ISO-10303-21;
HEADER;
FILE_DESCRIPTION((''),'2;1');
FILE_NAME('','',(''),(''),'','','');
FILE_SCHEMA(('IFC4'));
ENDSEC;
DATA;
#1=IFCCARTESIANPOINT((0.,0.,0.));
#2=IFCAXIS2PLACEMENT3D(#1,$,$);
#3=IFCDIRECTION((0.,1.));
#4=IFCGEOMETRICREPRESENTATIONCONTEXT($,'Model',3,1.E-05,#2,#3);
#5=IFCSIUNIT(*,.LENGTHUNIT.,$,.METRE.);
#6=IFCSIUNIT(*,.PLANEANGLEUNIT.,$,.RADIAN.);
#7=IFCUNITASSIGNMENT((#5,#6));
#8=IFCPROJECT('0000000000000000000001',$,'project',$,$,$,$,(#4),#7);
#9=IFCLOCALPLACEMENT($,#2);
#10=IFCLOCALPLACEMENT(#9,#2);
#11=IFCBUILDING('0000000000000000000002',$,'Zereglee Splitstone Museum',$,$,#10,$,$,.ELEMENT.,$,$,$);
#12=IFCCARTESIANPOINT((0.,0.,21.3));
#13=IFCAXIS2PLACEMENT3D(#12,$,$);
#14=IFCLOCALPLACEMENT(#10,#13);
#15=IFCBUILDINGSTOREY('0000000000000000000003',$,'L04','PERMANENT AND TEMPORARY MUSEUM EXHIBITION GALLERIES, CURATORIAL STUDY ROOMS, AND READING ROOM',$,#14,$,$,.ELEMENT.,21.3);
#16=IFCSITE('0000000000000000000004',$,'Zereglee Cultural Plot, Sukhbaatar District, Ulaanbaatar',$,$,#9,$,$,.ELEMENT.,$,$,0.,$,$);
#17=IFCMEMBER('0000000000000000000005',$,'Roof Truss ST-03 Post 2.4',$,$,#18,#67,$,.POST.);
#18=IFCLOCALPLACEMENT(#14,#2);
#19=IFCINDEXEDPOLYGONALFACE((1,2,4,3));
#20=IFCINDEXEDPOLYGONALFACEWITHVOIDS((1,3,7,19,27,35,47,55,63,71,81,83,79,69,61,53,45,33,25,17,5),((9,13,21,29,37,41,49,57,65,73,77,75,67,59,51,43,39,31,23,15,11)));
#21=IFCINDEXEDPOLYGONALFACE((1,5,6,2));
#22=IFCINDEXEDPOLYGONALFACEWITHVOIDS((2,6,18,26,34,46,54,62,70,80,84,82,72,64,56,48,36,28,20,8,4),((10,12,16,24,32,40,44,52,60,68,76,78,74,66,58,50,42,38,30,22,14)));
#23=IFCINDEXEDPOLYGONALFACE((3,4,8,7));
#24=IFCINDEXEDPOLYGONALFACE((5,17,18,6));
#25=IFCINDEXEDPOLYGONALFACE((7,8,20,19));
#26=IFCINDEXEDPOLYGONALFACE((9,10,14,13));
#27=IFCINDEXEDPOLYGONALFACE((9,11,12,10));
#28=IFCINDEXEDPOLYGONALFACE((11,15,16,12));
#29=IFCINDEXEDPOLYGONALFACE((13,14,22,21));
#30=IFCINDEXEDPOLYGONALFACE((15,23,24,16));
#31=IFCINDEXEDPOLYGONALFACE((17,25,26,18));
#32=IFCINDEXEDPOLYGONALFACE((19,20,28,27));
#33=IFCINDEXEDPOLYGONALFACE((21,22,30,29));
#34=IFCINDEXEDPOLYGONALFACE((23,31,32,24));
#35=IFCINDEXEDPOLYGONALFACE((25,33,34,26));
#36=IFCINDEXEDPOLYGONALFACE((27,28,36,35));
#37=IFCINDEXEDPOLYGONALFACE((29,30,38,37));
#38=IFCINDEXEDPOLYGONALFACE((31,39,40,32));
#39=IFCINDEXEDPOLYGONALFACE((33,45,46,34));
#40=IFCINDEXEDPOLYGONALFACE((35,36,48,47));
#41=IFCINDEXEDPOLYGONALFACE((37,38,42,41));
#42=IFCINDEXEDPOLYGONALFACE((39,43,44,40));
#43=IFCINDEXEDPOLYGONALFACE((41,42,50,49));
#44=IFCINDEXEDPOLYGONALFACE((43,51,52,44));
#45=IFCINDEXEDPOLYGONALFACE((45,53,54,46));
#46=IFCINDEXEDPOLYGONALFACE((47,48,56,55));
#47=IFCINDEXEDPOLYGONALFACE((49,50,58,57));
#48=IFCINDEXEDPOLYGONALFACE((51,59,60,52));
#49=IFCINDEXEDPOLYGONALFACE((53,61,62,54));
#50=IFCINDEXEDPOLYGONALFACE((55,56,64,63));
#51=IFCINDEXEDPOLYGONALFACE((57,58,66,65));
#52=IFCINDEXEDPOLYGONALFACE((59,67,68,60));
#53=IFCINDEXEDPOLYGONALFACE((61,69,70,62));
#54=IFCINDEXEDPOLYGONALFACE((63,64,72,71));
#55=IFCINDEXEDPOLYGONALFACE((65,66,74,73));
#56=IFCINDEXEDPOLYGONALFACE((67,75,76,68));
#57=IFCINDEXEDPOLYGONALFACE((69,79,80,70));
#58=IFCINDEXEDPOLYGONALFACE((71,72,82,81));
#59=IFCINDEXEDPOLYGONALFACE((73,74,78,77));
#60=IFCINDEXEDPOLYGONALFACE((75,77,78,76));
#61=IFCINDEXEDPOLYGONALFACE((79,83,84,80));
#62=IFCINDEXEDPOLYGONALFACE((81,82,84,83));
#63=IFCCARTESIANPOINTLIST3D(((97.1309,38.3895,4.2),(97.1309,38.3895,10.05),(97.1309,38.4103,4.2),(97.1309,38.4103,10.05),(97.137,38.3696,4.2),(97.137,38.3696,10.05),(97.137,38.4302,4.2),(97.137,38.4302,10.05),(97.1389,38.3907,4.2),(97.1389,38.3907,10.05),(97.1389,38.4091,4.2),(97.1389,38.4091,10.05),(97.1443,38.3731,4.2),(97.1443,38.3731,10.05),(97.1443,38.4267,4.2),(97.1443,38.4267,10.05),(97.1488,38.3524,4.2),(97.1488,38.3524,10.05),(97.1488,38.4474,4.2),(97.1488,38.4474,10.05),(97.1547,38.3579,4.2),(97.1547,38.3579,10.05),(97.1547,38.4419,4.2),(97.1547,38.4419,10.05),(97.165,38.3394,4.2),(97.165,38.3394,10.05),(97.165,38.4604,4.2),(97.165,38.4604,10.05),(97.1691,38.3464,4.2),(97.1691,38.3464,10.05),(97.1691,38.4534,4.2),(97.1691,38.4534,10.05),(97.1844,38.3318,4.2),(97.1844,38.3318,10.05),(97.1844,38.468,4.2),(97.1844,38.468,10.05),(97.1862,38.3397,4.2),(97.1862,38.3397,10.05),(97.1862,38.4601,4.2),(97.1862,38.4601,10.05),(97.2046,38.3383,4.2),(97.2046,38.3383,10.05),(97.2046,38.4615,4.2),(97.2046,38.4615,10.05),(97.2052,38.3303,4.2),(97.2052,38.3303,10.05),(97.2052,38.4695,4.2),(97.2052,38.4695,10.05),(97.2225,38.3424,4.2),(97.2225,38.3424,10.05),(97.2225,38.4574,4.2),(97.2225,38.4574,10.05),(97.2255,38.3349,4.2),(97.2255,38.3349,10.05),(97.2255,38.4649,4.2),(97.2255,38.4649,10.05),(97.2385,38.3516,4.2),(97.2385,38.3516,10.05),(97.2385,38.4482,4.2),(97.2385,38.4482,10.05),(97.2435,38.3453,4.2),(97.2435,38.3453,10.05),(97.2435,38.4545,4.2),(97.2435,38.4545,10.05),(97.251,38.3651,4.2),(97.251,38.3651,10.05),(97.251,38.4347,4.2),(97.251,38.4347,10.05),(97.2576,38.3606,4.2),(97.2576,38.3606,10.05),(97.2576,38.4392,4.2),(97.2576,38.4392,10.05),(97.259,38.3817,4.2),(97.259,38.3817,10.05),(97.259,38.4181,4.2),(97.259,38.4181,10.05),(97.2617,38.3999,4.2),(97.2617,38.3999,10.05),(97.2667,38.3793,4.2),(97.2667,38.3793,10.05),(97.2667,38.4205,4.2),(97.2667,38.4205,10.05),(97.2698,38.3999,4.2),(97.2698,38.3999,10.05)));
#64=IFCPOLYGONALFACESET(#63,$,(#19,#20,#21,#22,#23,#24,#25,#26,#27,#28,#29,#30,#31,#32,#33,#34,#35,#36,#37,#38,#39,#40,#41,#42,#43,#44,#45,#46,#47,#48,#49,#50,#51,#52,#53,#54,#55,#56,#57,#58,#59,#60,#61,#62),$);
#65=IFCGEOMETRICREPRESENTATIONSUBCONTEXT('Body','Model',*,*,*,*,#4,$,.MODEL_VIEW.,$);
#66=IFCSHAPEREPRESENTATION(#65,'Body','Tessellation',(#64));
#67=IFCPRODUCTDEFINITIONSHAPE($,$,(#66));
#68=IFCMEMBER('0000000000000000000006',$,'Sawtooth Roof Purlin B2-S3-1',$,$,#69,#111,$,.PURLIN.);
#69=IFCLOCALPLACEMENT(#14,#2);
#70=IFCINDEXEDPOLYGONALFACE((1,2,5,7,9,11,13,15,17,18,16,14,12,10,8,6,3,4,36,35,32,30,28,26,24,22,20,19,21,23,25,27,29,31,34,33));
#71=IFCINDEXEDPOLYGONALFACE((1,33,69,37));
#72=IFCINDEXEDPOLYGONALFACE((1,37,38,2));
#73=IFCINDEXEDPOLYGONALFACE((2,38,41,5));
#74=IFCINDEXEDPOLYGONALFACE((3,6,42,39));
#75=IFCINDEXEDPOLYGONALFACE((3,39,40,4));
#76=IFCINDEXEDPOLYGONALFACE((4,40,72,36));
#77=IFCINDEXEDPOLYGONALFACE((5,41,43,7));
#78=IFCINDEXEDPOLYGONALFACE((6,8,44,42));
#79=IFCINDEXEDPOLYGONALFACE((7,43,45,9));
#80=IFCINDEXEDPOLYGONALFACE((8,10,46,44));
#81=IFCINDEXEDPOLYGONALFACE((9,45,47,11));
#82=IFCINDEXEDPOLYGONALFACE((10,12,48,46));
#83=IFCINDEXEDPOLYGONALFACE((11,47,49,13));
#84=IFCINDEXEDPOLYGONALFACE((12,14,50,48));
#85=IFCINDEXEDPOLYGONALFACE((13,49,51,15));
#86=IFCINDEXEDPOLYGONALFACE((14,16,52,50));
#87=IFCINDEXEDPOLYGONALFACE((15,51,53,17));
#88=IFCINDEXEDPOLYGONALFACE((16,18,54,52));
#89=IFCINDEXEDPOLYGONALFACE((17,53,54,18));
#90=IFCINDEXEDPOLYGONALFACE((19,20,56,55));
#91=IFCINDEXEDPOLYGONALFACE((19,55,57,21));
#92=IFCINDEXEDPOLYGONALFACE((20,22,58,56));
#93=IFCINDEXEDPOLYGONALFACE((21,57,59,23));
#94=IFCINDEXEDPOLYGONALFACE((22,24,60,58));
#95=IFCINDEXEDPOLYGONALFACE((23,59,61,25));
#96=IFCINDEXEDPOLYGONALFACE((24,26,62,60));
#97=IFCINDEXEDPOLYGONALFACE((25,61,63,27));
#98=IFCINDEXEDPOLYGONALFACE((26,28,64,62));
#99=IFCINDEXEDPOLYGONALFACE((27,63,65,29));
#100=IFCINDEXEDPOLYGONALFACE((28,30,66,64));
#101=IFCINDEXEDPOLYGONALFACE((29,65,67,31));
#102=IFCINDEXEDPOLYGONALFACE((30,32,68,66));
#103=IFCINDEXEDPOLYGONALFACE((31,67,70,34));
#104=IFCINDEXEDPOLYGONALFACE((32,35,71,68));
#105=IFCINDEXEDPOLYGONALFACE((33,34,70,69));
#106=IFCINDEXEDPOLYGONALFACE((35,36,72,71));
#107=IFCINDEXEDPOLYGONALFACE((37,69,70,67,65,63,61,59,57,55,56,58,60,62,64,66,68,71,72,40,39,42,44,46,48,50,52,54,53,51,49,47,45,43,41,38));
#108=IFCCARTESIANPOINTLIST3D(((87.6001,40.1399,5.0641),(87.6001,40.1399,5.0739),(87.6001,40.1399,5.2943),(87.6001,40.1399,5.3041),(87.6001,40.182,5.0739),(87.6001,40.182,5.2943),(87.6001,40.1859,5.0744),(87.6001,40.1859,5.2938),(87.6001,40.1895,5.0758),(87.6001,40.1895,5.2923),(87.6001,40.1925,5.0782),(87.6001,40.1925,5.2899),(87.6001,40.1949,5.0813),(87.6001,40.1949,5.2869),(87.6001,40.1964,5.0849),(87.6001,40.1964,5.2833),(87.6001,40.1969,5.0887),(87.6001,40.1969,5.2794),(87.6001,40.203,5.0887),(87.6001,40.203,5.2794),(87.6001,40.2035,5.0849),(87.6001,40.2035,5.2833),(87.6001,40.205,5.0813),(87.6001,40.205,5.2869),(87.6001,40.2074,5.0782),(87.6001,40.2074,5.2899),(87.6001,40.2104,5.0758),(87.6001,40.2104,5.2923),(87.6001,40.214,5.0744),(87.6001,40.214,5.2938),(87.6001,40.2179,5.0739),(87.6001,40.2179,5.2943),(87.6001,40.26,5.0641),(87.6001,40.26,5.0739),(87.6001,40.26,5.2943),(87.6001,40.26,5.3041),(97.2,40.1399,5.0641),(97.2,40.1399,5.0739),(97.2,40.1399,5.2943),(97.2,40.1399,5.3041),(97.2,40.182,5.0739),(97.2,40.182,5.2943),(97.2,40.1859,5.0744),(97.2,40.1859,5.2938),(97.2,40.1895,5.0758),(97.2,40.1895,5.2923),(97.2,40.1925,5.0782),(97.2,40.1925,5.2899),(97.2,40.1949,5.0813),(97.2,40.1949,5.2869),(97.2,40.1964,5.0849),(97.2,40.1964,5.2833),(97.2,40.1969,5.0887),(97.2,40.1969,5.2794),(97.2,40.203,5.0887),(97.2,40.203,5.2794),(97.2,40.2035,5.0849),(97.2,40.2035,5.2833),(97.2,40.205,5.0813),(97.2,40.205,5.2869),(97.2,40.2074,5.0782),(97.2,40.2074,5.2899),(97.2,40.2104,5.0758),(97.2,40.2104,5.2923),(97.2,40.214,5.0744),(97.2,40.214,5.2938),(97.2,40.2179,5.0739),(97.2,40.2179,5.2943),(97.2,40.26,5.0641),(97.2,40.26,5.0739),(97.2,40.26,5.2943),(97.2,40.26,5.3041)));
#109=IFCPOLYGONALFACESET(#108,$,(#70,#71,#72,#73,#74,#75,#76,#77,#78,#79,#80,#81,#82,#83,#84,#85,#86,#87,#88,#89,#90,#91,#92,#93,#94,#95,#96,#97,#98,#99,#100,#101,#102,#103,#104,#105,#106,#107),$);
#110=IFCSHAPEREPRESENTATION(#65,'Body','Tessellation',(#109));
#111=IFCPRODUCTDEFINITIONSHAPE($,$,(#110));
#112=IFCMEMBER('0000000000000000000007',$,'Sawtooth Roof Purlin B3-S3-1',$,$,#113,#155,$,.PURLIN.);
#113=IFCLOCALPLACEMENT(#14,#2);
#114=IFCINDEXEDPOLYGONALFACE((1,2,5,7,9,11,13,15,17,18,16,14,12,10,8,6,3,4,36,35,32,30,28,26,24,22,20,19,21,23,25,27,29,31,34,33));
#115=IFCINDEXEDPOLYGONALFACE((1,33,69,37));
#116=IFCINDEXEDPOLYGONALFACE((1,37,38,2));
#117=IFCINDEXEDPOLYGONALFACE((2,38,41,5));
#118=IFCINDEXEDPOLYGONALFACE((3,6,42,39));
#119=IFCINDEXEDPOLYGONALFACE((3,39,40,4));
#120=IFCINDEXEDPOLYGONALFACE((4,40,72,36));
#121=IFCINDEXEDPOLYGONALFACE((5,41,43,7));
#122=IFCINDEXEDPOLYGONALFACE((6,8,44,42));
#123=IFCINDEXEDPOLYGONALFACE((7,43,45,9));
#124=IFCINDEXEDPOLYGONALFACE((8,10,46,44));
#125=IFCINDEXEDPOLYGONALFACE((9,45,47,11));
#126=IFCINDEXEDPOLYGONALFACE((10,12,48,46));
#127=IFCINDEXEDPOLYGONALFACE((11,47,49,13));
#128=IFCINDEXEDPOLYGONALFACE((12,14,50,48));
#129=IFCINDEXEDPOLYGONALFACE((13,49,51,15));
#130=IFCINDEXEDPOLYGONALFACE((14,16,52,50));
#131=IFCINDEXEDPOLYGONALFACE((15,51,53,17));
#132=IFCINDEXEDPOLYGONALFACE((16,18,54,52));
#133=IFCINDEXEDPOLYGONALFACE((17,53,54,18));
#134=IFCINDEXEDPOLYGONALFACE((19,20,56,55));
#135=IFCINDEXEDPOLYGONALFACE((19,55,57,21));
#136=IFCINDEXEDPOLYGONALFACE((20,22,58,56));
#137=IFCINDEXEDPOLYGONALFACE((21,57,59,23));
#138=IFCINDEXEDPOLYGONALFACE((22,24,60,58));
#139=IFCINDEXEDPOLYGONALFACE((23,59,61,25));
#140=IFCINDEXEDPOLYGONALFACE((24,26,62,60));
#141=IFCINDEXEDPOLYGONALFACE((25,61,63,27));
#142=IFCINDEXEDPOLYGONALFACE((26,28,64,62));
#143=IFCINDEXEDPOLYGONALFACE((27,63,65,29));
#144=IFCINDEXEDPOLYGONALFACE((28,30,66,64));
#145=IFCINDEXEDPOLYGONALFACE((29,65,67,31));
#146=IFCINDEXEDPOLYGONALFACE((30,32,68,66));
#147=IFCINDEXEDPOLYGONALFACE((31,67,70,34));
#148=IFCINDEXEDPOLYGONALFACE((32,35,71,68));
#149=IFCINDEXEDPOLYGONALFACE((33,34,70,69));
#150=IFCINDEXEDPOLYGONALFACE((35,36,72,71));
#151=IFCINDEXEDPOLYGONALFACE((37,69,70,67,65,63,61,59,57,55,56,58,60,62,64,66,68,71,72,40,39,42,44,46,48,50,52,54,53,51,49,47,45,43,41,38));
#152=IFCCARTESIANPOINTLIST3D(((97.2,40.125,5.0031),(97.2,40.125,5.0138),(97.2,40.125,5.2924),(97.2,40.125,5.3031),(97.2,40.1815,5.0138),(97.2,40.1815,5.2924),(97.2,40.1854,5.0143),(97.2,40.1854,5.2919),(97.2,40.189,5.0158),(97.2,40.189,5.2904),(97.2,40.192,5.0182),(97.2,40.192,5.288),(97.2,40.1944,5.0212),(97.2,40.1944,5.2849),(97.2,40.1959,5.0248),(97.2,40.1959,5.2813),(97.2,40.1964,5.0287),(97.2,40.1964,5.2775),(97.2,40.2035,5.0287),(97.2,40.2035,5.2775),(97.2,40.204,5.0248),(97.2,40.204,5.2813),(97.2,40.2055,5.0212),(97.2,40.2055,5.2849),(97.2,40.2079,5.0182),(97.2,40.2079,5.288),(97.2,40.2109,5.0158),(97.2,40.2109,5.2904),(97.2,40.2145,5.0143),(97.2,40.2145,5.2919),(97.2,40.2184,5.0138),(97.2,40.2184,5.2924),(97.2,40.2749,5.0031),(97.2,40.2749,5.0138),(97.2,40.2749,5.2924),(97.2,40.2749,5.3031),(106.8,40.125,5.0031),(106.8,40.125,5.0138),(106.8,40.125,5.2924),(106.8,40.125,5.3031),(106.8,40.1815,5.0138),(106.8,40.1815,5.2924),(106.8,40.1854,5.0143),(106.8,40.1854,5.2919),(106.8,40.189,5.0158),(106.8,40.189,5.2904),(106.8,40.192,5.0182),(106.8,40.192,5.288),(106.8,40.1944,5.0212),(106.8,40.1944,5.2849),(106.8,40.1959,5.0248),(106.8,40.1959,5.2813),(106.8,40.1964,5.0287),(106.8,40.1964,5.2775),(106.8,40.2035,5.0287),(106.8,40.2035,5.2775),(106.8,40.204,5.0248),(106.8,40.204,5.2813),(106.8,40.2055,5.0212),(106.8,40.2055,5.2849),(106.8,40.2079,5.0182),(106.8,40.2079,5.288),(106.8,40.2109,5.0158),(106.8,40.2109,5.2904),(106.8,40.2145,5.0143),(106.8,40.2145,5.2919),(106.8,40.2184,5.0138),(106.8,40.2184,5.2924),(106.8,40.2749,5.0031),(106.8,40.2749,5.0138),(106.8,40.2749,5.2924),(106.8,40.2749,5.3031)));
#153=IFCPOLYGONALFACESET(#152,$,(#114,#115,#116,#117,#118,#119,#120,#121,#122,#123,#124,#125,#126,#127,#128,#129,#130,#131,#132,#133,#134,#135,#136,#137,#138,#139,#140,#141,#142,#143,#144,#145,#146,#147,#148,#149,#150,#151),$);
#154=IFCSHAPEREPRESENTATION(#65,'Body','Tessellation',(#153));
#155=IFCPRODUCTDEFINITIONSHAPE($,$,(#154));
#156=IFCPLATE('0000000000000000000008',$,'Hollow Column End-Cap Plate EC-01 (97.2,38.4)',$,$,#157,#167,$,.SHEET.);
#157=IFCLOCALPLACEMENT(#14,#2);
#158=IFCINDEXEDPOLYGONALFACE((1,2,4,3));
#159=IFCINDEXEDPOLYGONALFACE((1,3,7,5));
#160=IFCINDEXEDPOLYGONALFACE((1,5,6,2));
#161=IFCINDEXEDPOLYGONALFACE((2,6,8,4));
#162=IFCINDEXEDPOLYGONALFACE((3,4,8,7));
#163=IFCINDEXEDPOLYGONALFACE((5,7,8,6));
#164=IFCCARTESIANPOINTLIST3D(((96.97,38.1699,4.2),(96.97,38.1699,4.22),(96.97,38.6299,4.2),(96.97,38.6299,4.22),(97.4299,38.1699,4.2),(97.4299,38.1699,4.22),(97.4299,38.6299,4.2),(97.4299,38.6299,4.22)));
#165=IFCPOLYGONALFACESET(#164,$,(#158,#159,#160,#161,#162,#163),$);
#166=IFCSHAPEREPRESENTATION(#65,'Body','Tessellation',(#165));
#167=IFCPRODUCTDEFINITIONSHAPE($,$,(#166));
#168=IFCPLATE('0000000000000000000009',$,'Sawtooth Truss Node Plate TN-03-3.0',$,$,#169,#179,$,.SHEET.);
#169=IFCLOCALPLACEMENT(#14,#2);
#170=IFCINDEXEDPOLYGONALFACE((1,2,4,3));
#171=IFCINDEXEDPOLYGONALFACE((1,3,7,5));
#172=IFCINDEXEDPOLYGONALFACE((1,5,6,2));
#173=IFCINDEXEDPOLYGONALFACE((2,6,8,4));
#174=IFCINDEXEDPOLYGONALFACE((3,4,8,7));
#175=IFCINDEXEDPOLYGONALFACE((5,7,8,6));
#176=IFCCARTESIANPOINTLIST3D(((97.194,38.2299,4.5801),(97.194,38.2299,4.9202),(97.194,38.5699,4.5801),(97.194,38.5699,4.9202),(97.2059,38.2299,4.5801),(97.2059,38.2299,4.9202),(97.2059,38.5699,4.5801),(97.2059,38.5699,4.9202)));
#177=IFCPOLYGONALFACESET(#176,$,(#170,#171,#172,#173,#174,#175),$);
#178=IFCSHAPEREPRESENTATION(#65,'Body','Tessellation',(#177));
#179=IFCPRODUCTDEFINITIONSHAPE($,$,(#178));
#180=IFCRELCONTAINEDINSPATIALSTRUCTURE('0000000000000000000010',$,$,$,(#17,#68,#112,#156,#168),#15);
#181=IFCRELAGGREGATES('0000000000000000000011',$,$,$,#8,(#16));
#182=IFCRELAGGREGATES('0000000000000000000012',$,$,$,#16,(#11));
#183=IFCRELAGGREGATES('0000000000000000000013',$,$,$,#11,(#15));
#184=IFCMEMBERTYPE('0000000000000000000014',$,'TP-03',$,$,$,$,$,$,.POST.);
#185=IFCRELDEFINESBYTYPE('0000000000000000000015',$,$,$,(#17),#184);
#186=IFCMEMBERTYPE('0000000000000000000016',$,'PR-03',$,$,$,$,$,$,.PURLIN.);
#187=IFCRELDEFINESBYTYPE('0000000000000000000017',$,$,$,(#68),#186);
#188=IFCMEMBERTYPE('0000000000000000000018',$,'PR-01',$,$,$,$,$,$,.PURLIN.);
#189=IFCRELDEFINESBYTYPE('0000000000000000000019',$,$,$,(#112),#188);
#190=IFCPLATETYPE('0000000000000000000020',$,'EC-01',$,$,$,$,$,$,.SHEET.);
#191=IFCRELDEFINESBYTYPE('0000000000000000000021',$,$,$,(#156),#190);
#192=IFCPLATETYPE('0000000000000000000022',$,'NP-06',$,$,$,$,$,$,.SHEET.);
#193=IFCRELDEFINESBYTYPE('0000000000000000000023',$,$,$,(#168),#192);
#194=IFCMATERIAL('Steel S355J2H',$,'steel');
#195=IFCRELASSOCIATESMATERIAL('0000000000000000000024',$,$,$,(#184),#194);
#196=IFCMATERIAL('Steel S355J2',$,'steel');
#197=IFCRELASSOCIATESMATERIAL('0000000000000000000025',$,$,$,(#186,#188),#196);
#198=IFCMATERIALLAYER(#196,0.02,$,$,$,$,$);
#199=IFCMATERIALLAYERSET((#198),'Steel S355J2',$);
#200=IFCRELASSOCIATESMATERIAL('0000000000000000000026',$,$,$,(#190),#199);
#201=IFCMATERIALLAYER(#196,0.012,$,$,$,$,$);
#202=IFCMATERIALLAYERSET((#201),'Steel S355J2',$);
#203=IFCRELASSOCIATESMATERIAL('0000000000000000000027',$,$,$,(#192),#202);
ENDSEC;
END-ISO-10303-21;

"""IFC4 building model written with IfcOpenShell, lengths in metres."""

from ifc_helpers import new_model, si_unit, direction, frame, origin, origin_2d, place, context, subcontext, project, spatial, rectangle, hollow_circle, i_section, extrude, material, layer, layer_set, material_profile, profile_set, type_object, element, save


model = new_model("IFC4")

# Units and contexts
model_context = context("Model", 3, precision=1e-05, world=origin(), true_north=direction((0.0, 1.0)))
body_context = subcontext(model_context, "Body", "Model", "MODEL_VIEW")
ifc_project = project(units=[si_unit("LENGTHUNIT", "METRE"), si_unit("PLANEANGLEUNIT", "RADIAN")], contexts=[model_context])

# Site, building, storey
site_placement = place(None, origin())
site = spatial("IfcSite", under=ifc_project, at=site_placement, Name="Zereglee Cultural Plot, Sukhbaatar District, Ulaanbaatar", CompositionType="ELEMENT", RefElevation=0.0)
building_placement = place(site_placement, origin())
building = spatial("IfcBuilding", under=site, at=building_placement, Name="Zereglee Splitstone Museum", CompositionType="ELEMENT")
storey_placement = place(building_placement, frame((0.0, 0.0, 21.3)))
storey = spatial("IfcBuildingStorey", under=building, at=storey_placement, Name="L04", Description="PERMANENT AND TEMPORARY MUSEUM EXHIBITION GALLERIES, CURATORIAL STUDY ROOMS, AND READING ROOM", CompositionType="ELEMENT", Elevation=21.3)

# Shared definitions
ifc_material_1 = material(Name="Steel S355J2H", Category="steel")

# Shared definitions
ifc_material_2 = material(Name="Steel S355J2", Category="steel")

# Members
ifc_material_profile_1 = material_profile(ifc_material_1, hollow_circle(Radius=0.0698, WallThickness=0.0081, at=origin_2d()), Name="CHS 139.7x8")
ifc_profile_set_1 = profile_set([ifc_material_profile_1], Name="Steel S355J2H")
member_type_1 = type_object("IfcMemberType", Name="TP-03", PredefinedType="POST", material=ifc_profile_set_1)
member_1_placement = place(storey_placement, frame((97.2, 38.3999, 4.2), z_axis=(0.0, 0.0, 1.0), x_axis=(1.0, 0.0, 0.0)))
element("IfcMember", 1, at=member_1_placement, inside=storey, type_object=member_type_1, Name="Roof Truss ST-03 Post 2.4", PredefinedType="POST", context=body_context, shape_type="SweptSolid", body=[
    extrude(hollow_circle(Radius=0.0698, WallThickness=0.0081, at=origin_2d()), origin(), (0.0, 0.0, 1.0), 5.8501),
])
ifc_material_profile_2 = material_profile(ifc_material_2, i_section(OverallWidth=0.1201, OverallDepth=0.24, WebThickness=0.0061, FlangeThickness=0.0098, FilletRadius=0.0149, at=origin_2d()), Name="IPE 240")
ifc_profile_set_2 = profile_set([ifc_material_profile_2], Name="Steel S355J2")
member_type_2 = type_object("IfcMemberType", Name="PR-03", PredefinedType="PURLIN", material=ifc_profile_set_2)
member_2_placement = place(storey_placement, frame((87.6001, 40.2, 5.1841), z_axis=(1.0, 0.0, 0.0), x_axis=(0.0, 1.0, 0.0)))
element("IfcMember", 2, at=member_2_placement, inside=storey, type_object=member_type_2, Name="Sawtooth Roof Purlin B2-S3-1", PredefinedType="PURLIN", context=body_context, shape_type="SweptSolid", body=[
    extrude(i_section(OverallWidth=0.1201, OverallDepth=0.24, WebThickness=0.0061, FlangeThickness=0.0098, FilletRadius=0.0149, at=origin_2d()), origin(), (0.0, 0.0, 1.0), 9.5999),
])
ifc_material_profile_3 = material_profile(ifc_material_2, i_section(OverallWidth=0.1499, OverallDepth=0.3, WebThickness=0.0071, FlangeThickness=0.0107, FilletRadius=0.0149, at=origin_2d()), Name="IPE 300")
ifc_profile_set_3 = profile_set([ifc_material_profile_3], Name="Steel S355J2")
member_type_3 = type_object("IfcMemberType", Name="PR-01", PredefinedType="PURLIN", material=ifc_profile_set_3)
member_3_placement = place(storey_placement, frame((97.2, 40.2, 5.1531), z_axis=(1.0, 0.0, 0.0), x_axis=(0.0, 1.0, 0.0)))
element("IfcMember", 3, at=member_3_placement, inside=storey, type_object=member_type_3, Name="Sawtooth Roof Purlin B3-S3-1", PredefinedType="PURLIN", context=body_context, shape_type="SweptSolid", body=[
    extrude(i_section(OverallWidth=0.1499, OverallDepth=0.3, WebThickness=0.0071, FlangeThickness=0.0107, FilletRadius=0.0149, at=origin_2d()), origin(), (0.0, 0.0, 1.0), 9.6001),
])

# Plates
ifc_layer_1 = layer(ifc_material_2, 0.02)
ifc_layer_set_1 = layer_set([ifc_layer_1], Name="Steel S355J2")
plate_type_1 = type_object("IfcPlateType", Name="EC-01", PredefinedType="SHEET", material=ifc_layer_set_1)
plate_1_placement = place(storey_placement, frame((97.2, 38.3999, 4.2), z_axis=(0.0, 0.0, 1.0), x_axis=(1.0, 0.0, 0.0)))
element("IfcPlate", 4, at=plate_1_placement, inside=storey, type_object=plate_type_1, Name="Hollow Column End-Cap Plate EC-01 (97.2,38.4)", PredefinedType="SHEET", context=body_context, shape_type="SweptSolid", body=[
    extrude(rectangle(XDim=0.46, YDim=0.46, at=origin_2d()), origin(), (0.0, 0.0, 1.0), 0.02),
])
ifc_layer_2 = layer(ifc_material_2, 0.012)
ifc_layer_set_2 = layer_set([ifc_layer_2], Name="Steel S355J2")
plate_type_2 = type_object("IfcPlateType", Name="NP-06", PredefinedType="SHEET", material=ifc_layer_set_2)
plate_2_placement = place(storey_placement, frame((97.2, 38.3999, 4.5801), z_axis=(0.0, 0.0, 1.0), x_axis=(1.0, 0.0, 0.0)))
element("IfcPlate", 5, at=plate_2_placement, inside=storey, type_object=plate_type_2, Name="Sawtooth Truss Node Plate TN-03-3.0", PredefinedType="SHEET", context=body_context, shape_type="SweptSolid", body=[
    extrude(rectangle(XDim=0.012, YDim=0.3401, at=origin_2d()), origin(), (0.0, 0.0, 1.0), 0.3401),
])

save(model, "model.ifc")
